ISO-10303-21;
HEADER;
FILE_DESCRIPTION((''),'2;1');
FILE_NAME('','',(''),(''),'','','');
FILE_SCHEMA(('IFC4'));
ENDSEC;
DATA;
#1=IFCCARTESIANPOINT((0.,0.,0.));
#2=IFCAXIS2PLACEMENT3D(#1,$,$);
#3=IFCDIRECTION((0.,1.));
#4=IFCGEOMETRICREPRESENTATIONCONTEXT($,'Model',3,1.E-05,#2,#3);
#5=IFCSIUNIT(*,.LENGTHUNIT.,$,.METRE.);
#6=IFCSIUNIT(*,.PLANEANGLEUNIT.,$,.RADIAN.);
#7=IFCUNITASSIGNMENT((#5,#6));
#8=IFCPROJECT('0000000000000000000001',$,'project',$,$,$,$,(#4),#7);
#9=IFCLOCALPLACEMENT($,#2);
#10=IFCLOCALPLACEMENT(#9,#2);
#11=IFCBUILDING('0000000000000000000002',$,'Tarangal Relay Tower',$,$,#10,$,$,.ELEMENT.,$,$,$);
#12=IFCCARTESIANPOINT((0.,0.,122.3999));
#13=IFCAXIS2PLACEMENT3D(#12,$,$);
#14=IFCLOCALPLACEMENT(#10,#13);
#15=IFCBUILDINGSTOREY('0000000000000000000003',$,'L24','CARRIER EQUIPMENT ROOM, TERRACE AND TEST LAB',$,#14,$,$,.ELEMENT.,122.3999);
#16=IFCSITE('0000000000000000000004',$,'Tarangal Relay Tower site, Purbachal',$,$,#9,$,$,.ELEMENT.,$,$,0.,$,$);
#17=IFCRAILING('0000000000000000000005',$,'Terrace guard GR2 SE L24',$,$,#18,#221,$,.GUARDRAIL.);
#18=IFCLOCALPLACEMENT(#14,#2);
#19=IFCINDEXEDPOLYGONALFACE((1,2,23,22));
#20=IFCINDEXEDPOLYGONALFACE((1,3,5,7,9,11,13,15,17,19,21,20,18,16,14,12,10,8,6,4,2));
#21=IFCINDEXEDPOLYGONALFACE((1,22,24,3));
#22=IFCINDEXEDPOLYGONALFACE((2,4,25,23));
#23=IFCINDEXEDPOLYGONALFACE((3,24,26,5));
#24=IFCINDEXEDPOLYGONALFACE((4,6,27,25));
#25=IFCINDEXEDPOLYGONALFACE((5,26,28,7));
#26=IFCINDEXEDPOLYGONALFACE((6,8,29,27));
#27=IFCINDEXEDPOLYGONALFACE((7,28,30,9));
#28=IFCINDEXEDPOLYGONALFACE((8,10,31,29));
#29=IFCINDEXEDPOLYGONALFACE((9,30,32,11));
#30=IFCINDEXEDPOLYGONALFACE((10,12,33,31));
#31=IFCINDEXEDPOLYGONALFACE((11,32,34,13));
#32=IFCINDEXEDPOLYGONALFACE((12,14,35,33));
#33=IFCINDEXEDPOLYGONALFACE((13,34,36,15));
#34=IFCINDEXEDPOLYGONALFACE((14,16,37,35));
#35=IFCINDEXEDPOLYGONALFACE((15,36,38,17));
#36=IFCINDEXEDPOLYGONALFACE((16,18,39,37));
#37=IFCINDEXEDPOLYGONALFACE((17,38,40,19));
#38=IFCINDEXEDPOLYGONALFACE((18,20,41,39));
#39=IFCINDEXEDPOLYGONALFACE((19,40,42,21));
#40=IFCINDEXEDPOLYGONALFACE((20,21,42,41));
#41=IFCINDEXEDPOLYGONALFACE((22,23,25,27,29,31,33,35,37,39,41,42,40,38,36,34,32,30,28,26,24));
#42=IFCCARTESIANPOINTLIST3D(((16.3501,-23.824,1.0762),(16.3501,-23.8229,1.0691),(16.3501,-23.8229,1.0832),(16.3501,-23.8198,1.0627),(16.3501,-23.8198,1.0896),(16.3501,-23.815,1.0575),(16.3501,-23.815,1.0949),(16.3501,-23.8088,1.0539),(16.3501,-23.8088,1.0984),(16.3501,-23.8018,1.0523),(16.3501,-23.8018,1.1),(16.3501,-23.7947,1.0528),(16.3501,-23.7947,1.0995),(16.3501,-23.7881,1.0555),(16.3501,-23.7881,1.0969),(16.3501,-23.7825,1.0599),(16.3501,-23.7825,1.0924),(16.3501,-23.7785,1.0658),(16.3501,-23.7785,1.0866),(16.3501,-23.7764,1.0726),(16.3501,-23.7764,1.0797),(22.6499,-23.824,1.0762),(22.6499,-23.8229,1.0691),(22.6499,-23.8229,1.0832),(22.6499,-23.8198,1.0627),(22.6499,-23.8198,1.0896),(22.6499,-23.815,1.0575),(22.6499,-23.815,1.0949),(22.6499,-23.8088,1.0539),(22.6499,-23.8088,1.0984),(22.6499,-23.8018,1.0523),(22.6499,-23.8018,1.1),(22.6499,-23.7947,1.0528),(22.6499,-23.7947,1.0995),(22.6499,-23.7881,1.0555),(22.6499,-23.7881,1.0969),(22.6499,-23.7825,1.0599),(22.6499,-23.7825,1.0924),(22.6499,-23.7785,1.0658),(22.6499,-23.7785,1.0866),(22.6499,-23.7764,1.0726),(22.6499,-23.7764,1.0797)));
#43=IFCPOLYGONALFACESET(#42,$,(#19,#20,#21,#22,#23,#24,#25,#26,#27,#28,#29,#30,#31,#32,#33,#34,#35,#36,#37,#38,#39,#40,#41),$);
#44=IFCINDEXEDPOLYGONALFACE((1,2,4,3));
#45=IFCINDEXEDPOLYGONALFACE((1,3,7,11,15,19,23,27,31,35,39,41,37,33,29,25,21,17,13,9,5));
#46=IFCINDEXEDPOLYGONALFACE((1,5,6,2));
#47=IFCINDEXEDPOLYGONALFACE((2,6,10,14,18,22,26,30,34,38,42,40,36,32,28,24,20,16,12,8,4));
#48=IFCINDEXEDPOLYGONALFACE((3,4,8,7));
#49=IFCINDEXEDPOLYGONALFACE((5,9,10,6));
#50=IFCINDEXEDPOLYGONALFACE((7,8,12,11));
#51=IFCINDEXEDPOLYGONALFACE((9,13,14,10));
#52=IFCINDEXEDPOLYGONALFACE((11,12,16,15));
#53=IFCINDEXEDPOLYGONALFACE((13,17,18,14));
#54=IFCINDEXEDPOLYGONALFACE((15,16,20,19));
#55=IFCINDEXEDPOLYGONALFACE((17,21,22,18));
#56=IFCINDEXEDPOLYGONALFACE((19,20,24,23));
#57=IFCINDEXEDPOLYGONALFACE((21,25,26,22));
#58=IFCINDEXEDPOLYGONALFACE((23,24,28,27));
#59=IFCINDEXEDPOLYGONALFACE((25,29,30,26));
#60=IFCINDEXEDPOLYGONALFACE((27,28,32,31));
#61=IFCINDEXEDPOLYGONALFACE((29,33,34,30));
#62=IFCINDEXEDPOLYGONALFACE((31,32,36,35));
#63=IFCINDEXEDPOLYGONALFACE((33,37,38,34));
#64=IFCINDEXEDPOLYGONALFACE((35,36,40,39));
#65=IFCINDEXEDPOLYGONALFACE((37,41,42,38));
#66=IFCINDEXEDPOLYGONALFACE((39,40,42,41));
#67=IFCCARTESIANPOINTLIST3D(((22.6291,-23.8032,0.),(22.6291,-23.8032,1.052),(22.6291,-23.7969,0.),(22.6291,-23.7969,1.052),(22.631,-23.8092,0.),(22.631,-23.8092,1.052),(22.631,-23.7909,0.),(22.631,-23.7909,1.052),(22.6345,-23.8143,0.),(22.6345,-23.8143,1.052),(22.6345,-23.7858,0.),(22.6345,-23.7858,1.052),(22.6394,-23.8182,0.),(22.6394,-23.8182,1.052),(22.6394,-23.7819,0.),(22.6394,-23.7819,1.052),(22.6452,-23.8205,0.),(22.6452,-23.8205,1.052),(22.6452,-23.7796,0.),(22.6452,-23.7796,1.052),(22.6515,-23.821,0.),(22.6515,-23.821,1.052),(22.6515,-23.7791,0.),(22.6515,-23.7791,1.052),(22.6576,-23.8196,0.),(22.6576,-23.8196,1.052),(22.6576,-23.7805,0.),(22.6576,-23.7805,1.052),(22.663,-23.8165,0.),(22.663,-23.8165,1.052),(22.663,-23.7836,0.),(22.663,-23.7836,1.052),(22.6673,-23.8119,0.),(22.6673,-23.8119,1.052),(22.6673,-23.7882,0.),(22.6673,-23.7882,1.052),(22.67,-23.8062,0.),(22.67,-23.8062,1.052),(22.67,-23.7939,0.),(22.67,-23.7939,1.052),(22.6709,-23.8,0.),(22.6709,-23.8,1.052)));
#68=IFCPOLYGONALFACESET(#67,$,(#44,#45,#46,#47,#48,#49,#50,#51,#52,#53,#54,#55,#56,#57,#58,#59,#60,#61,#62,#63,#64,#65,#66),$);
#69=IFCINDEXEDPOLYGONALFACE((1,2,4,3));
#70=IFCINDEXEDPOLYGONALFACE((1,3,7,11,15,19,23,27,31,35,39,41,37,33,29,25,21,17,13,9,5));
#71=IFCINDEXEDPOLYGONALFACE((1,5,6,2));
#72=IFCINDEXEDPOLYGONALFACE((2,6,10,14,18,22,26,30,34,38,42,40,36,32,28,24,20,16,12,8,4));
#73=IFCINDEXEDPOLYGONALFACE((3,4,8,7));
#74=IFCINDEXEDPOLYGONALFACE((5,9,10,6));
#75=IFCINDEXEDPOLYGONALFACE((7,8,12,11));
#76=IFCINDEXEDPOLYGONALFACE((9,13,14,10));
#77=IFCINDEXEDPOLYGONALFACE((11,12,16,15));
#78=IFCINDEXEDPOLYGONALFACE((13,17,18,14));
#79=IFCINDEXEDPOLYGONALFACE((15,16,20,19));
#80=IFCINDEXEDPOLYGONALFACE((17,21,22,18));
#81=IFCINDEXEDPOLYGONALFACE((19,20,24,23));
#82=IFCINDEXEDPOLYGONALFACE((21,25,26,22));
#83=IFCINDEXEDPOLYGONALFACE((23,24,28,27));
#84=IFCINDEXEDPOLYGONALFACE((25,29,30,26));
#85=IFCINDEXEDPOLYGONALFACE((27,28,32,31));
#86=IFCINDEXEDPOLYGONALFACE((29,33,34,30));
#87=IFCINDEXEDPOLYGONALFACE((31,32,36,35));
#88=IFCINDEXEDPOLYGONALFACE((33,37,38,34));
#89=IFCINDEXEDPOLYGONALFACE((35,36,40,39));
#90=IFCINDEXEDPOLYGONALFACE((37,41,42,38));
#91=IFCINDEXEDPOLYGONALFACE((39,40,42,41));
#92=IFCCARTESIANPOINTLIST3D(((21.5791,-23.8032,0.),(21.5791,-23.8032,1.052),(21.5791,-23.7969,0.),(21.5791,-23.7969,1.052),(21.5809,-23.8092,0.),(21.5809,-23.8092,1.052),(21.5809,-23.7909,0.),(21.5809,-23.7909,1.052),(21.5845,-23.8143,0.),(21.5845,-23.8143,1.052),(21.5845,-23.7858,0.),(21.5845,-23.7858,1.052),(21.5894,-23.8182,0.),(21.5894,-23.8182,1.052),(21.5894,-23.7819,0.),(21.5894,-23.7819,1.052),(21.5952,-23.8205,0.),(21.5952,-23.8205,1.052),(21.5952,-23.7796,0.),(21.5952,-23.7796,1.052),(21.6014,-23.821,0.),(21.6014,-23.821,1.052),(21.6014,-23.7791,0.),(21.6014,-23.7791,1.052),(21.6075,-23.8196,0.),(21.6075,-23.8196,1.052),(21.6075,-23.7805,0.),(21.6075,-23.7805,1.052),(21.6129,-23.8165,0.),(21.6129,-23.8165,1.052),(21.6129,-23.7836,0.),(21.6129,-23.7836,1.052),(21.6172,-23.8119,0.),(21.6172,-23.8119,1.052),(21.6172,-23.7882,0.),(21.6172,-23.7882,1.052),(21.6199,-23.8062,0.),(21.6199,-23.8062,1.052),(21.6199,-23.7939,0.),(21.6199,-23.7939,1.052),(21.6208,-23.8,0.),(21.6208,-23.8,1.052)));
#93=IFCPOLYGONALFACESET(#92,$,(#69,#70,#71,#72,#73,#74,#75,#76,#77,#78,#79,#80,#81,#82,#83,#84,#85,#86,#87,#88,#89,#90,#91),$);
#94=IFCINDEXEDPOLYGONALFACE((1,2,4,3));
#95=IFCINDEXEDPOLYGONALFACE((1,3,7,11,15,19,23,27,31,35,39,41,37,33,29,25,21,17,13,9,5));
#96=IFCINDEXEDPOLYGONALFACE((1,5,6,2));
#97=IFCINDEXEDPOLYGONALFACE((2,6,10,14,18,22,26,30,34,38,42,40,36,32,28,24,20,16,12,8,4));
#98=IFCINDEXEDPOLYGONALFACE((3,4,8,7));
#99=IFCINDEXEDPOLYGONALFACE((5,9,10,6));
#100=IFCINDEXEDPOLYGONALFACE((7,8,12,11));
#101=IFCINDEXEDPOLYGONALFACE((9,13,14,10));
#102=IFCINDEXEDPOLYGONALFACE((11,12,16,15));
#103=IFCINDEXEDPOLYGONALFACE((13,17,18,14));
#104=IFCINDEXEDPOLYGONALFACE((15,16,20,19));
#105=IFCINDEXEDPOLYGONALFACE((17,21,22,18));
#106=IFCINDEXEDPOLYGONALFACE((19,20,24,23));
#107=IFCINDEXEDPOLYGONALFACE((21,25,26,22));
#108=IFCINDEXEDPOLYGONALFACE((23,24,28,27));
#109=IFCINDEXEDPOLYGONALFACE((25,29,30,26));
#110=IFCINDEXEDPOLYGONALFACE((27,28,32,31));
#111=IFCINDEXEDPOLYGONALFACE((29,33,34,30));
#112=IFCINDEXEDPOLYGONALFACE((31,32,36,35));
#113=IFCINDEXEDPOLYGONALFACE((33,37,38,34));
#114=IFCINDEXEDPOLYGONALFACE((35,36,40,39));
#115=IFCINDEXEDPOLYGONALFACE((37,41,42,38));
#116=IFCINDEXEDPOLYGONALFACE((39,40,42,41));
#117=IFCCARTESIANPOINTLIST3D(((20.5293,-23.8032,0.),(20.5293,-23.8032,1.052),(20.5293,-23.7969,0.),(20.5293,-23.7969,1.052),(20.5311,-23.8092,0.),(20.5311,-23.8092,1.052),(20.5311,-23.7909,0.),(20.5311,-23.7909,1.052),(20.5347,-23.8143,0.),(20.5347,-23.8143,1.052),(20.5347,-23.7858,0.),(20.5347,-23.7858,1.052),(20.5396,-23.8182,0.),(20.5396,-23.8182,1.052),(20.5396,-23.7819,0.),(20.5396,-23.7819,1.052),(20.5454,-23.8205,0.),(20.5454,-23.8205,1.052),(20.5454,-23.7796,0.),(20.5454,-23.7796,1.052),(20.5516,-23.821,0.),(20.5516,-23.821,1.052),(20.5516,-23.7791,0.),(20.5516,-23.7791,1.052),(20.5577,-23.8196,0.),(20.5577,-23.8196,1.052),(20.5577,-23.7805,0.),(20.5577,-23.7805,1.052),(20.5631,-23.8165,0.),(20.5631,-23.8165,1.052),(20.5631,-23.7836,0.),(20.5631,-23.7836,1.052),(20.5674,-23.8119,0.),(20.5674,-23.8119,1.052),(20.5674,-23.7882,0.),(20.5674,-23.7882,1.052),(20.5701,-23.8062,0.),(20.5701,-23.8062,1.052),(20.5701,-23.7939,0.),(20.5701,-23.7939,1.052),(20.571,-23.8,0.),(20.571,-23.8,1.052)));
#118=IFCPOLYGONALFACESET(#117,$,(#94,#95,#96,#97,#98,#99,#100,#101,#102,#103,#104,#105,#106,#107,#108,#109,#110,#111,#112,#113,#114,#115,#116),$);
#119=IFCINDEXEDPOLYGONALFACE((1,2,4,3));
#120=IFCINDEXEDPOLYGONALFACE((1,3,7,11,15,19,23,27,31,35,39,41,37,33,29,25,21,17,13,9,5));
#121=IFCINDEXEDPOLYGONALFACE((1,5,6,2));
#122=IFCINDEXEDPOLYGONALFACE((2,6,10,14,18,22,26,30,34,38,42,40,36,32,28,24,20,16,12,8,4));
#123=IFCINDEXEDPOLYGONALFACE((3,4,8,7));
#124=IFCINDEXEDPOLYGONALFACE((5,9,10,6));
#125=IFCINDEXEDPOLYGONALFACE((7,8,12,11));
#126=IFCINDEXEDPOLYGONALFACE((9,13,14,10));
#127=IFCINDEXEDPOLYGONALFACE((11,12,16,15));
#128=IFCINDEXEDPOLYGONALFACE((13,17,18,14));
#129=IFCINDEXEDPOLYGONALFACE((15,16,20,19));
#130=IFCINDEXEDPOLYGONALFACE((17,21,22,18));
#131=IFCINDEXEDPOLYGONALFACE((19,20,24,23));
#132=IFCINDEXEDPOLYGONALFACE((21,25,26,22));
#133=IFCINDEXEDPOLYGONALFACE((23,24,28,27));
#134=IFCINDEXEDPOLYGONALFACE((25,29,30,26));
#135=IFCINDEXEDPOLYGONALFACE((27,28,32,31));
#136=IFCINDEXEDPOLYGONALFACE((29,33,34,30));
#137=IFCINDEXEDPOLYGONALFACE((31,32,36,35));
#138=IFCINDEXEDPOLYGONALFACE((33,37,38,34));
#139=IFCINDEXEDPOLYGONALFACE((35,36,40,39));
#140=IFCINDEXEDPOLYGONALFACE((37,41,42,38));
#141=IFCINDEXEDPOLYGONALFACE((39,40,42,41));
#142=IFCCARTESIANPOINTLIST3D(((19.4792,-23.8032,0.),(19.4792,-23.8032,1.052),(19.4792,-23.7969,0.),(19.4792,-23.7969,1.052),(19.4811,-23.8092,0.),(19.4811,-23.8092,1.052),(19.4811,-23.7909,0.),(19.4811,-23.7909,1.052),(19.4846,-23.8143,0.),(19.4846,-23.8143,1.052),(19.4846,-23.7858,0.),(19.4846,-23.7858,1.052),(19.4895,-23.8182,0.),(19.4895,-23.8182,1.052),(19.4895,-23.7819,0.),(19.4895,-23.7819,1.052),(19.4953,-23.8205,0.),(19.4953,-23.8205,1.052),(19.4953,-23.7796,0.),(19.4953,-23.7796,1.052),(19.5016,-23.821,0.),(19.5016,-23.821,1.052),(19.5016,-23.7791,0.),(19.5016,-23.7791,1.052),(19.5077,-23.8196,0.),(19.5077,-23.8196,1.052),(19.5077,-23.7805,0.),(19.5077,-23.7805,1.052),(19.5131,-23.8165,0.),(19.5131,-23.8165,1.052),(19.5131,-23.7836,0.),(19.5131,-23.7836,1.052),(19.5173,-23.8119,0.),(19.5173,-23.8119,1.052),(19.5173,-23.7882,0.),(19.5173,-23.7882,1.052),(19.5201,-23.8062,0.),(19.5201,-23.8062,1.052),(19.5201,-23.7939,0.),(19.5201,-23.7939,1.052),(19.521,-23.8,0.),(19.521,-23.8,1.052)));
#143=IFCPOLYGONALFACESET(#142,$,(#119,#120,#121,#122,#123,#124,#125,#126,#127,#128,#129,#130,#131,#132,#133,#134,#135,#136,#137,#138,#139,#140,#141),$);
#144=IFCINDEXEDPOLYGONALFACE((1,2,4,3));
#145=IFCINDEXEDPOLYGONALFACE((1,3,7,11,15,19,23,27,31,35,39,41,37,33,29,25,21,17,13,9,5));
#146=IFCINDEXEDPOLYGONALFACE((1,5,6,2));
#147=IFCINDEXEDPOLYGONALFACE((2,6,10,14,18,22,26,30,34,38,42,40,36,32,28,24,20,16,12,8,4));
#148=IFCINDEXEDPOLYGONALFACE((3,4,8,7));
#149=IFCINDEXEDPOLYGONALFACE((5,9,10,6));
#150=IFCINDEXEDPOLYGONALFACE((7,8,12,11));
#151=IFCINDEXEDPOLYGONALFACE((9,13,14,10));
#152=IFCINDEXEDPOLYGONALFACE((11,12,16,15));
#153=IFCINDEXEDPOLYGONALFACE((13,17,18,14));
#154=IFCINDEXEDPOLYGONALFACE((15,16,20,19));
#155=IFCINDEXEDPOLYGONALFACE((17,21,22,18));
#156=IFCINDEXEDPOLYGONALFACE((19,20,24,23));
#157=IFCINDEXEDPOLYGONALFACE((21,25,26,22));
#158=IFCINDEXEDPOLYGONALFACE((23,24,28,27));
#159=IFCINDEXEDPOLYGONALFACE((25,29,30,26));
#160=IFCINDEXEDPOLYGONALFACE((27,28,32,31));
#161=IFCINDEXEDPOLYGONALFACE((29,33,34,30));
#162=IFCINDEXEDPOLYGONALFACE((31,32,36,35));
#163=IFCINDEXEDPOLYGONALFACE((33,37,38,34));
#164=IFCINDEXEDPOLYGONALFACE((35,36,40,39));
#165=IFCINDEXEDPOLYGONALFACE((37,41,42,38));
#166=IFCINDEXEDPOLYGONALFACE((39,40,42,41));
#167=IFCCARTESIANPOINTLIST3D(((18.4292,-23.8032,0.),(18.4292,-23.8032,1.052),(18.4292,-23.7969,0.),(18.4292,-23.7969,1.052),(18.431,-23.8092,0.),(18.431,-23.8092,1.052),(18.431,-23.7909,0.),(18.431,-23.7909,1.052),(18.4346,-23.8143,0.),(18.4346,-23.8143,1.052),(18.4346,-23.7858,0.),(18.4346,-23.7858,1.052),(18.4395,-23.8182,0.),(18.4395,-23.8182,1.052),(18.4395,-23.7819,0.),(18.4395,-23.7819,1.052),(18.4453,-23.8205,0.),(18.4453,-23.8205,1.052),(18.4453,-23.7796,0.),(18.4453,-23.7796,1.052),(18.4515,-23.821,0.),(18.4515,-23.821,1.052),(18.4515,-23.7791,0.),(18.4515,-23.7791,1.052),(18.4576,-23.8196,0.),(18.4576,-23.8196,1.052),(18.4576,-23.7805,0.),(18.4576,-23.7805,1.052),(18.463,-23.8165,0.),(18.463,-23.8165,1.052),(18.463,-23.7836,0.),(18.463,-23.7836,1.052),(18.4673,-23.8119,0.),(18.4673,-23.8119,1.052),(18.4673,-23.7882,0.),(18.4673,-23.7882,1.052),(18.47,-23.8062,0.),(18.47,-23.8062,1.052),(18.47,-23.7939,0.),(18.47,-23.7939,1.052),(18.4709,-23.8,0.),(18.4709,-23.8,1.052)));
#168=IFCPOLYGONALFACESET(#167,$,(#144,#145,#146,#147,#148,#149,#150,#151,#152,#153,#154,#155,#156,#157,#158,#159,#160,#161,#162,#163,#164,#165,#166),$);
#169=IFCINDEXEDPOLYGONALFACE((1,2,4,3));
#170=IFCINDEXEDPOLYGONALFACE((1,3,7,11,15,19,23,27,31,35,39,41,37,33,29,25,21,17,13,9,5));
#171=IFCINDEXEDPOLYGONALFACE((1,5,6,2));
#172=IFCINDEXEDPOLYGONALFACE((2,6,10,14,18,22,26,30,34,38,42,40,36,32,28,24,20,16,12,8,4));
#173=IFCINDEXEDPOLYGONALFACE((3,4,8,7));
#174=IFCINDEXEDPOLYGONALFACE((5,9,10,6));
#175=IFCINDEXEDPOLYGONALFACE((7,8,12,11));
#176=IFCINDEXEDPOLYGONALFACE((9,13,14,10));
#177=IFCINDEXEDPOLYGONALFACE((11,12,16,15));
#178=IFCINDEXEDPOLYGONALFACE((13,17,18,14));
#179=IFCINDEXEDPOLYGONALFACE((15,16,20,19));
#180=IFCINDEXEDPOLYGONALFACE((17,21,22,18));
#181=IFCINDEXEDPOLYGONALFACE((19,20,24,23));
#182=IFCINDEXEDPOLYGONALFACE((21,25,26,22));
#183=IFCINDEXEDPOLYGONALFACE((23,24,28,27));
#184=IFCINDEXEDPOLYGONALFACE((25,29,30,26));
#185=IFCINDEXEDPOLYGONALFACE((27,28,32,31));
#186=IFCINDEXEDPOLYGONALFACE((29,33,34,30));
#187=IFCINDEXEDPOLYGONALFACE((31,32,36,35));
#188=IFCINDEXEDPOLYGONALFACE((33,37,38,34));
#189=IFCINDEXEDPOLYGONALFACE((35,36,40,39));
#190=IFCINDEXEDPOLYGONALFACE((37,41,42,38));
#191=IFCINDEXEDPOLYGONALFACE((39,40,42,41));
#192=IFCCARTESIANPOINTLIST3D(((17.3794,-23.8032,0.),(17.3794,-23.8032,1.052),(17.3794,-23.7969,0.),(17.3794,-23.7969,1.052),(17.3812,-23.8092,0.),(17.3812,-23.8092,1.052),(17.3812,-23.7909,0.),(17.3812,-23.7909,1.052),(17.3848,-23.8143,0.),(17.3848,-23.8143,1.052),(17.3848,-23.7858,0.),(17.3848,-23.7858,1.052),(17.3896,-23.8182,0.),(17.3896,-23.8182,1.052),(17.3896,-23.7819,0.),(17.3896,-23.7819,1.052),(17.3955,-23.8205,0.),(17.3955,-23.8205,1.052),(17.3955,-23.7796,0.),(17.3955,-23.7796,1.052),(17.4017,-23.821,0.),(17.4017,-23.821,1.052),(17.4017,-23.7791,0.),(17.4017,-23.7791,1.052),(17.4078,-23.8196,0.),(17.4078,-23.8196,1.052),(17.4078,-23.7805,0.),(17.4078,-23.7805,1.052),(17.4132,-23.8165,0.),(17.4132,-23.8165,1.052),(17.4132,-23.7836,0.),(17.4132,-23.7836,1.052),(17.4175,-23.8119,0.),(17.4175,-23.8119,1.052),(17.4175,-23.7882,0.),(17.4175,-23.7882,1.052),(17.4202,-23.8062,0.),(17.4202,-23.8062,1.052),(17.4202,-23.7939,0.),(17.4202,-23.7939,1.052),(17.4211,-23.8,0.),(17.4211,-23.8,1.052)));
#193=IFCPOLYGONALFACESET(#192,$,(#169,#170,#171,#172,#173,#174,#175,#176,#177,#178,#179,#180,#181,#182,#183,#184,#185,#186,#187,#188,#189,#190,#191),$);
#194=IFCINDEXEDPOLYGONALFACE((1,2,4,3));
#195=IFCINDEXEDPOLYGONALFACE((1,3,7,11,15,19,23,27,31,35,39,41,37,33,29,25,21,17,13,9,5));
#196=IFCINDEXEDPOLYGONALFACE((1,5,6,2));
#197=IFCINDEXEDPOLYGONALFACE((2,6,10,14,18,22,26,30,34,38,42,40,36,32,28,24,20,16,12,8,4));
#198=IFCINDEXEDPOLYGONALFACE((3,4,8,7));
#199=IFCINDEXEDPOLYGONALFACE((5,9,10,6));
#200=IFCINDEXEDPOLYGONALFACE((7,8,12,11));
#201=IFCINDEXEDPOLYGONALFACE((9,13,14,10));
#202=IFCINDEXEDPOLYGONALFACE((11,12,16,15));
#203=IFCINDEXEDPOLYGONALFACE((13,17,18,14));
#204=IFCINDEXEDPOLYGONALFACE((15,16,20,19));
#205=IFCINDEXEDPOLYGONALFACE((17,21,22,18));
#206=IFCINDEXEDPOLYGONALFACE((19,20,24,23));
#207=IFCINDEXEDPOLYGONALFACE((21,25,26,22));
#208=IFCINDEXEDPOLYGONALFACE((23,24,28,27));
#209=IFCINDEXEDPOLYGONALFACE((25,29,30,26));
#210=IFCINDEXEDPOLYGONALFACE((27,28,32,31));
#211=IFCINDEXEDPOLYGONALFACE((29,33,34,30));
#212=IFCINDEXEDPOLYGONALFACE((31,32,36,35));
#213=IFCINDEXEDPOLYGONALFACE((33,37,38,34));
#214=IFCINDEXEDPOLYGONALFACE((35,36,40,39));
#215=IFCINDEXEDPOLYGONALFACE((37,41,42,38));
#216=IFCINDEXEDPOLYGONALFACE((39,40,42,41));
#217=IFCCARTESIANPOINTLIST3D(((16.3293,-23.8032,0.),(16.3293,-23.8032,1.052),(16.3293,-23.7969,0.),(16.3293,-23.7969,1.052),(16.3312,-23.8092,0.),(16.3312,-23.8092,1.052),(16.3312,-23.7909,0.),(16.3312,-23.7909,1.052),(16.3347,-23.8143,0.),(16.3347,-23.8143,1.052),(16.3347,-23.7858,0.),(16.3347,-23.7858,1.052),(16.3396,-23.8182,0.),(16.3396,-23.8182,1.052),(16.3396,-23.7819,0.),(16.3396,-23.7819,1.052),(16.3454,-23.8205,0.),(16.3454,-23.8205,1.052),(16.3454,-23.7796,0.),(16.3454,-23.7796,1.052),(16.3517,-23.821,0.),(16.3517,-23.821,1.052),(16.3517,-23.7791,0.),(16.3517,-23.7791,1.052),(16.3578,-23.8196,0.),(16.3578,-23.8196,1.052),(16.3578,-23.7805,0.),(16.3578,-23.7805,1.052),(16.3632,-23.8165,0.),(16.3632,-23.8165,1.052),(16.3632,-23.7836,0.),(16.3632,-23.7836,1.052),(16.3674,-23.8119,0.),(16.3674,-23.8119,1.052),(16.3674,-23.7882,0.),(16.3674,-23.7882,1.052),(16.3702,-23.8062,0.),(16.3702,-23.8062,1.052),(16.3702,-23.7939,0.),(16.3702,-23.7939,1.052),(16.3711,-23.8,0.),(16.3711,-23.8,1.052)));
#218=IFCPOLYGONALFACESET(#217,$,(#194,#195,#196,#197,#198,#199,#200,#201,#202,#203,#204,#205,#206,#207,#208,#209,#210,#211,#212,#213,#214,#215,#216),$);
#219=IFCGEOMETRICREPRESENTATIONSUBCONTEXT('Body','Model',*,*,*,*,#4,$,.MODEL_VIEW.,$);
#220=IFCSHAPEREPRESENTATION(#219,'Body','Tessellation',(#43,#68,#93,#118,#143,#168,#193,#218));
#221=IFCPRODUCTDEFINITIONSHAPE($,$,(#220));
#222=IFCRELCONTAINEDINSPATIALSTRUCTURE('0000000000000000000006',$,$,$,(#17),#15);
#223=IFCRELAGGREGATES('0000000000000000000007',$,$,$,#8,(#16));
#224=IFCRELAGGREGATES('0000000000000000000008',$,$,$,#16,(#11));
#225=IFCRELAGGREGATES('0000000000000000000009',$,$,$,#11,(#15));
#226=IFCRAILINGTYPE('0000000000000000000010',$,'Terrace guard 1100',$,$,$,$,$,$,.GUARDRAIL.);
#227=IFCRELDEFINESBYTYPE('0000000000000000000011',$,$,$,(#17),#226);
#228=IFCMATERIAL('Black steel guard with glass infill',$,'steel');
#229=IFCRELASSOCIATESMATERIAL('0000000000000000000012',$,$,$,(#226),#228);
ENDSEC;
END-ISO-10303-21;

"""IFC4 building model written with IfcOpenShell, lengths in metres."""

from ifc_helpers import new_model, si_unit, direction, frame, origin, origin_2d, place, context, subcontext, project, spatial, circle, extrude, material, type_object, element, save


model = new_model("IFC4")

# Units and contexts
model_context = context("Model", 3, precision=1e-05, world=origin(), true_north=direction((0.0, 1.0)))
body_context = subcontext(model_context, "Body", "Model", "MODEL_VIEW")
ifc_project = project(units=[si_unit("LENGTHUNIT", "METRE"), si_unit("PLANEANGLEUNIT", "RADIAN")], contexts=[model_context])

# Site, building, storey
site_placement = place(None, origin())
site = spatial("IfcSite", under=ifc_project, at=site_placement, Name="Tarangal Relay Tower site, Purbachal", CompositionType="ELEMENT", RefElevation=0.0)
building_placement = place(site_placement, origin())
building = spatial("IfcBuilding", under=site, at=building_placement, Name="Tarangal Relay Tower", CompositionType="ELEMENT")
storey_placement = place(building_placement, frame((0.0, 0.0, 122.3999)))
storey = spatial("IfcBuildingStorey", under=building, at=storey_placement, Name="L24", Description="CARRIER EQUIPMENT ROOM, TERRACE AND TEST LAB", CompositionType="ELEMENT", Elevation=122.3999)

# Railing
ifc_material_1 = material(Name="Black steel guard with glass infill", Category="steel")
railing_type = type_object("IfcRailingType", Name="Terrace guard 1100", PredefinedType="GUARDRAIL", material=ifc_material_1)
railing_1_placement = place(storey_placement, frame((22.6499, -23.8, 0.0)))
element("IfcRailing", 1, at=railing_1_placement, inside=storey, type_object=railing_type, Name="Terrace guard GR2 SE L24", PredefinedType="GUARDRAIL", context=body_context, shape_type="SweptSolid", body=[
    extrude(circle(Radius=0.0239, at=origin_2d()), frame((0.0, 0.0, 1.0762), z_axis=(-1.0, 0.0, 0.0), x_axis=(0.0, -1.0, 0.0)), (0.0, 0.0, 1.0), 6.2998),
    extrude(circle(Radius=0.021, at=origin_2d()), origin(), (0.0, 0.0, 1.0), 1.052),
    extrude(circle(Radius=0.021, at=origin_2d()), frame((-1.05, 0.0, 0.0)), (0.0, 0.0, 1.0), 1.052),
    extrude(circle(Radius=0.021, at=origin_2d()), frame((-2.0999, 0.0, 0.0)), (0.0, 0.0, 1.0), 1.052),
    extrude(circle(Radius=0.021, at=origin_2d()), frame((-3.1499, 0.0, 0.0)), (0.0, 0.0, 1.0), 1.052),
    extrude(circle(Radius=0.021, at=origin_2d()), frame((-4.2, 0.0, 0.0)), (0.0, 0.0, 1.0), 1.052),
    extrude(circle(Radius=0.021, at=origin_2d()), frame((-5.2498, 0.0, 0.0)), (0.0, 0.0, 1.0), 1.052),
    extrude(circle(Radius=0.021, at=origin_2d()), frame((-6.2998, 0.0, 0.0)), (0.0, 0.0, 1.0), 1.052),
])

save(model, "model.ifc")
